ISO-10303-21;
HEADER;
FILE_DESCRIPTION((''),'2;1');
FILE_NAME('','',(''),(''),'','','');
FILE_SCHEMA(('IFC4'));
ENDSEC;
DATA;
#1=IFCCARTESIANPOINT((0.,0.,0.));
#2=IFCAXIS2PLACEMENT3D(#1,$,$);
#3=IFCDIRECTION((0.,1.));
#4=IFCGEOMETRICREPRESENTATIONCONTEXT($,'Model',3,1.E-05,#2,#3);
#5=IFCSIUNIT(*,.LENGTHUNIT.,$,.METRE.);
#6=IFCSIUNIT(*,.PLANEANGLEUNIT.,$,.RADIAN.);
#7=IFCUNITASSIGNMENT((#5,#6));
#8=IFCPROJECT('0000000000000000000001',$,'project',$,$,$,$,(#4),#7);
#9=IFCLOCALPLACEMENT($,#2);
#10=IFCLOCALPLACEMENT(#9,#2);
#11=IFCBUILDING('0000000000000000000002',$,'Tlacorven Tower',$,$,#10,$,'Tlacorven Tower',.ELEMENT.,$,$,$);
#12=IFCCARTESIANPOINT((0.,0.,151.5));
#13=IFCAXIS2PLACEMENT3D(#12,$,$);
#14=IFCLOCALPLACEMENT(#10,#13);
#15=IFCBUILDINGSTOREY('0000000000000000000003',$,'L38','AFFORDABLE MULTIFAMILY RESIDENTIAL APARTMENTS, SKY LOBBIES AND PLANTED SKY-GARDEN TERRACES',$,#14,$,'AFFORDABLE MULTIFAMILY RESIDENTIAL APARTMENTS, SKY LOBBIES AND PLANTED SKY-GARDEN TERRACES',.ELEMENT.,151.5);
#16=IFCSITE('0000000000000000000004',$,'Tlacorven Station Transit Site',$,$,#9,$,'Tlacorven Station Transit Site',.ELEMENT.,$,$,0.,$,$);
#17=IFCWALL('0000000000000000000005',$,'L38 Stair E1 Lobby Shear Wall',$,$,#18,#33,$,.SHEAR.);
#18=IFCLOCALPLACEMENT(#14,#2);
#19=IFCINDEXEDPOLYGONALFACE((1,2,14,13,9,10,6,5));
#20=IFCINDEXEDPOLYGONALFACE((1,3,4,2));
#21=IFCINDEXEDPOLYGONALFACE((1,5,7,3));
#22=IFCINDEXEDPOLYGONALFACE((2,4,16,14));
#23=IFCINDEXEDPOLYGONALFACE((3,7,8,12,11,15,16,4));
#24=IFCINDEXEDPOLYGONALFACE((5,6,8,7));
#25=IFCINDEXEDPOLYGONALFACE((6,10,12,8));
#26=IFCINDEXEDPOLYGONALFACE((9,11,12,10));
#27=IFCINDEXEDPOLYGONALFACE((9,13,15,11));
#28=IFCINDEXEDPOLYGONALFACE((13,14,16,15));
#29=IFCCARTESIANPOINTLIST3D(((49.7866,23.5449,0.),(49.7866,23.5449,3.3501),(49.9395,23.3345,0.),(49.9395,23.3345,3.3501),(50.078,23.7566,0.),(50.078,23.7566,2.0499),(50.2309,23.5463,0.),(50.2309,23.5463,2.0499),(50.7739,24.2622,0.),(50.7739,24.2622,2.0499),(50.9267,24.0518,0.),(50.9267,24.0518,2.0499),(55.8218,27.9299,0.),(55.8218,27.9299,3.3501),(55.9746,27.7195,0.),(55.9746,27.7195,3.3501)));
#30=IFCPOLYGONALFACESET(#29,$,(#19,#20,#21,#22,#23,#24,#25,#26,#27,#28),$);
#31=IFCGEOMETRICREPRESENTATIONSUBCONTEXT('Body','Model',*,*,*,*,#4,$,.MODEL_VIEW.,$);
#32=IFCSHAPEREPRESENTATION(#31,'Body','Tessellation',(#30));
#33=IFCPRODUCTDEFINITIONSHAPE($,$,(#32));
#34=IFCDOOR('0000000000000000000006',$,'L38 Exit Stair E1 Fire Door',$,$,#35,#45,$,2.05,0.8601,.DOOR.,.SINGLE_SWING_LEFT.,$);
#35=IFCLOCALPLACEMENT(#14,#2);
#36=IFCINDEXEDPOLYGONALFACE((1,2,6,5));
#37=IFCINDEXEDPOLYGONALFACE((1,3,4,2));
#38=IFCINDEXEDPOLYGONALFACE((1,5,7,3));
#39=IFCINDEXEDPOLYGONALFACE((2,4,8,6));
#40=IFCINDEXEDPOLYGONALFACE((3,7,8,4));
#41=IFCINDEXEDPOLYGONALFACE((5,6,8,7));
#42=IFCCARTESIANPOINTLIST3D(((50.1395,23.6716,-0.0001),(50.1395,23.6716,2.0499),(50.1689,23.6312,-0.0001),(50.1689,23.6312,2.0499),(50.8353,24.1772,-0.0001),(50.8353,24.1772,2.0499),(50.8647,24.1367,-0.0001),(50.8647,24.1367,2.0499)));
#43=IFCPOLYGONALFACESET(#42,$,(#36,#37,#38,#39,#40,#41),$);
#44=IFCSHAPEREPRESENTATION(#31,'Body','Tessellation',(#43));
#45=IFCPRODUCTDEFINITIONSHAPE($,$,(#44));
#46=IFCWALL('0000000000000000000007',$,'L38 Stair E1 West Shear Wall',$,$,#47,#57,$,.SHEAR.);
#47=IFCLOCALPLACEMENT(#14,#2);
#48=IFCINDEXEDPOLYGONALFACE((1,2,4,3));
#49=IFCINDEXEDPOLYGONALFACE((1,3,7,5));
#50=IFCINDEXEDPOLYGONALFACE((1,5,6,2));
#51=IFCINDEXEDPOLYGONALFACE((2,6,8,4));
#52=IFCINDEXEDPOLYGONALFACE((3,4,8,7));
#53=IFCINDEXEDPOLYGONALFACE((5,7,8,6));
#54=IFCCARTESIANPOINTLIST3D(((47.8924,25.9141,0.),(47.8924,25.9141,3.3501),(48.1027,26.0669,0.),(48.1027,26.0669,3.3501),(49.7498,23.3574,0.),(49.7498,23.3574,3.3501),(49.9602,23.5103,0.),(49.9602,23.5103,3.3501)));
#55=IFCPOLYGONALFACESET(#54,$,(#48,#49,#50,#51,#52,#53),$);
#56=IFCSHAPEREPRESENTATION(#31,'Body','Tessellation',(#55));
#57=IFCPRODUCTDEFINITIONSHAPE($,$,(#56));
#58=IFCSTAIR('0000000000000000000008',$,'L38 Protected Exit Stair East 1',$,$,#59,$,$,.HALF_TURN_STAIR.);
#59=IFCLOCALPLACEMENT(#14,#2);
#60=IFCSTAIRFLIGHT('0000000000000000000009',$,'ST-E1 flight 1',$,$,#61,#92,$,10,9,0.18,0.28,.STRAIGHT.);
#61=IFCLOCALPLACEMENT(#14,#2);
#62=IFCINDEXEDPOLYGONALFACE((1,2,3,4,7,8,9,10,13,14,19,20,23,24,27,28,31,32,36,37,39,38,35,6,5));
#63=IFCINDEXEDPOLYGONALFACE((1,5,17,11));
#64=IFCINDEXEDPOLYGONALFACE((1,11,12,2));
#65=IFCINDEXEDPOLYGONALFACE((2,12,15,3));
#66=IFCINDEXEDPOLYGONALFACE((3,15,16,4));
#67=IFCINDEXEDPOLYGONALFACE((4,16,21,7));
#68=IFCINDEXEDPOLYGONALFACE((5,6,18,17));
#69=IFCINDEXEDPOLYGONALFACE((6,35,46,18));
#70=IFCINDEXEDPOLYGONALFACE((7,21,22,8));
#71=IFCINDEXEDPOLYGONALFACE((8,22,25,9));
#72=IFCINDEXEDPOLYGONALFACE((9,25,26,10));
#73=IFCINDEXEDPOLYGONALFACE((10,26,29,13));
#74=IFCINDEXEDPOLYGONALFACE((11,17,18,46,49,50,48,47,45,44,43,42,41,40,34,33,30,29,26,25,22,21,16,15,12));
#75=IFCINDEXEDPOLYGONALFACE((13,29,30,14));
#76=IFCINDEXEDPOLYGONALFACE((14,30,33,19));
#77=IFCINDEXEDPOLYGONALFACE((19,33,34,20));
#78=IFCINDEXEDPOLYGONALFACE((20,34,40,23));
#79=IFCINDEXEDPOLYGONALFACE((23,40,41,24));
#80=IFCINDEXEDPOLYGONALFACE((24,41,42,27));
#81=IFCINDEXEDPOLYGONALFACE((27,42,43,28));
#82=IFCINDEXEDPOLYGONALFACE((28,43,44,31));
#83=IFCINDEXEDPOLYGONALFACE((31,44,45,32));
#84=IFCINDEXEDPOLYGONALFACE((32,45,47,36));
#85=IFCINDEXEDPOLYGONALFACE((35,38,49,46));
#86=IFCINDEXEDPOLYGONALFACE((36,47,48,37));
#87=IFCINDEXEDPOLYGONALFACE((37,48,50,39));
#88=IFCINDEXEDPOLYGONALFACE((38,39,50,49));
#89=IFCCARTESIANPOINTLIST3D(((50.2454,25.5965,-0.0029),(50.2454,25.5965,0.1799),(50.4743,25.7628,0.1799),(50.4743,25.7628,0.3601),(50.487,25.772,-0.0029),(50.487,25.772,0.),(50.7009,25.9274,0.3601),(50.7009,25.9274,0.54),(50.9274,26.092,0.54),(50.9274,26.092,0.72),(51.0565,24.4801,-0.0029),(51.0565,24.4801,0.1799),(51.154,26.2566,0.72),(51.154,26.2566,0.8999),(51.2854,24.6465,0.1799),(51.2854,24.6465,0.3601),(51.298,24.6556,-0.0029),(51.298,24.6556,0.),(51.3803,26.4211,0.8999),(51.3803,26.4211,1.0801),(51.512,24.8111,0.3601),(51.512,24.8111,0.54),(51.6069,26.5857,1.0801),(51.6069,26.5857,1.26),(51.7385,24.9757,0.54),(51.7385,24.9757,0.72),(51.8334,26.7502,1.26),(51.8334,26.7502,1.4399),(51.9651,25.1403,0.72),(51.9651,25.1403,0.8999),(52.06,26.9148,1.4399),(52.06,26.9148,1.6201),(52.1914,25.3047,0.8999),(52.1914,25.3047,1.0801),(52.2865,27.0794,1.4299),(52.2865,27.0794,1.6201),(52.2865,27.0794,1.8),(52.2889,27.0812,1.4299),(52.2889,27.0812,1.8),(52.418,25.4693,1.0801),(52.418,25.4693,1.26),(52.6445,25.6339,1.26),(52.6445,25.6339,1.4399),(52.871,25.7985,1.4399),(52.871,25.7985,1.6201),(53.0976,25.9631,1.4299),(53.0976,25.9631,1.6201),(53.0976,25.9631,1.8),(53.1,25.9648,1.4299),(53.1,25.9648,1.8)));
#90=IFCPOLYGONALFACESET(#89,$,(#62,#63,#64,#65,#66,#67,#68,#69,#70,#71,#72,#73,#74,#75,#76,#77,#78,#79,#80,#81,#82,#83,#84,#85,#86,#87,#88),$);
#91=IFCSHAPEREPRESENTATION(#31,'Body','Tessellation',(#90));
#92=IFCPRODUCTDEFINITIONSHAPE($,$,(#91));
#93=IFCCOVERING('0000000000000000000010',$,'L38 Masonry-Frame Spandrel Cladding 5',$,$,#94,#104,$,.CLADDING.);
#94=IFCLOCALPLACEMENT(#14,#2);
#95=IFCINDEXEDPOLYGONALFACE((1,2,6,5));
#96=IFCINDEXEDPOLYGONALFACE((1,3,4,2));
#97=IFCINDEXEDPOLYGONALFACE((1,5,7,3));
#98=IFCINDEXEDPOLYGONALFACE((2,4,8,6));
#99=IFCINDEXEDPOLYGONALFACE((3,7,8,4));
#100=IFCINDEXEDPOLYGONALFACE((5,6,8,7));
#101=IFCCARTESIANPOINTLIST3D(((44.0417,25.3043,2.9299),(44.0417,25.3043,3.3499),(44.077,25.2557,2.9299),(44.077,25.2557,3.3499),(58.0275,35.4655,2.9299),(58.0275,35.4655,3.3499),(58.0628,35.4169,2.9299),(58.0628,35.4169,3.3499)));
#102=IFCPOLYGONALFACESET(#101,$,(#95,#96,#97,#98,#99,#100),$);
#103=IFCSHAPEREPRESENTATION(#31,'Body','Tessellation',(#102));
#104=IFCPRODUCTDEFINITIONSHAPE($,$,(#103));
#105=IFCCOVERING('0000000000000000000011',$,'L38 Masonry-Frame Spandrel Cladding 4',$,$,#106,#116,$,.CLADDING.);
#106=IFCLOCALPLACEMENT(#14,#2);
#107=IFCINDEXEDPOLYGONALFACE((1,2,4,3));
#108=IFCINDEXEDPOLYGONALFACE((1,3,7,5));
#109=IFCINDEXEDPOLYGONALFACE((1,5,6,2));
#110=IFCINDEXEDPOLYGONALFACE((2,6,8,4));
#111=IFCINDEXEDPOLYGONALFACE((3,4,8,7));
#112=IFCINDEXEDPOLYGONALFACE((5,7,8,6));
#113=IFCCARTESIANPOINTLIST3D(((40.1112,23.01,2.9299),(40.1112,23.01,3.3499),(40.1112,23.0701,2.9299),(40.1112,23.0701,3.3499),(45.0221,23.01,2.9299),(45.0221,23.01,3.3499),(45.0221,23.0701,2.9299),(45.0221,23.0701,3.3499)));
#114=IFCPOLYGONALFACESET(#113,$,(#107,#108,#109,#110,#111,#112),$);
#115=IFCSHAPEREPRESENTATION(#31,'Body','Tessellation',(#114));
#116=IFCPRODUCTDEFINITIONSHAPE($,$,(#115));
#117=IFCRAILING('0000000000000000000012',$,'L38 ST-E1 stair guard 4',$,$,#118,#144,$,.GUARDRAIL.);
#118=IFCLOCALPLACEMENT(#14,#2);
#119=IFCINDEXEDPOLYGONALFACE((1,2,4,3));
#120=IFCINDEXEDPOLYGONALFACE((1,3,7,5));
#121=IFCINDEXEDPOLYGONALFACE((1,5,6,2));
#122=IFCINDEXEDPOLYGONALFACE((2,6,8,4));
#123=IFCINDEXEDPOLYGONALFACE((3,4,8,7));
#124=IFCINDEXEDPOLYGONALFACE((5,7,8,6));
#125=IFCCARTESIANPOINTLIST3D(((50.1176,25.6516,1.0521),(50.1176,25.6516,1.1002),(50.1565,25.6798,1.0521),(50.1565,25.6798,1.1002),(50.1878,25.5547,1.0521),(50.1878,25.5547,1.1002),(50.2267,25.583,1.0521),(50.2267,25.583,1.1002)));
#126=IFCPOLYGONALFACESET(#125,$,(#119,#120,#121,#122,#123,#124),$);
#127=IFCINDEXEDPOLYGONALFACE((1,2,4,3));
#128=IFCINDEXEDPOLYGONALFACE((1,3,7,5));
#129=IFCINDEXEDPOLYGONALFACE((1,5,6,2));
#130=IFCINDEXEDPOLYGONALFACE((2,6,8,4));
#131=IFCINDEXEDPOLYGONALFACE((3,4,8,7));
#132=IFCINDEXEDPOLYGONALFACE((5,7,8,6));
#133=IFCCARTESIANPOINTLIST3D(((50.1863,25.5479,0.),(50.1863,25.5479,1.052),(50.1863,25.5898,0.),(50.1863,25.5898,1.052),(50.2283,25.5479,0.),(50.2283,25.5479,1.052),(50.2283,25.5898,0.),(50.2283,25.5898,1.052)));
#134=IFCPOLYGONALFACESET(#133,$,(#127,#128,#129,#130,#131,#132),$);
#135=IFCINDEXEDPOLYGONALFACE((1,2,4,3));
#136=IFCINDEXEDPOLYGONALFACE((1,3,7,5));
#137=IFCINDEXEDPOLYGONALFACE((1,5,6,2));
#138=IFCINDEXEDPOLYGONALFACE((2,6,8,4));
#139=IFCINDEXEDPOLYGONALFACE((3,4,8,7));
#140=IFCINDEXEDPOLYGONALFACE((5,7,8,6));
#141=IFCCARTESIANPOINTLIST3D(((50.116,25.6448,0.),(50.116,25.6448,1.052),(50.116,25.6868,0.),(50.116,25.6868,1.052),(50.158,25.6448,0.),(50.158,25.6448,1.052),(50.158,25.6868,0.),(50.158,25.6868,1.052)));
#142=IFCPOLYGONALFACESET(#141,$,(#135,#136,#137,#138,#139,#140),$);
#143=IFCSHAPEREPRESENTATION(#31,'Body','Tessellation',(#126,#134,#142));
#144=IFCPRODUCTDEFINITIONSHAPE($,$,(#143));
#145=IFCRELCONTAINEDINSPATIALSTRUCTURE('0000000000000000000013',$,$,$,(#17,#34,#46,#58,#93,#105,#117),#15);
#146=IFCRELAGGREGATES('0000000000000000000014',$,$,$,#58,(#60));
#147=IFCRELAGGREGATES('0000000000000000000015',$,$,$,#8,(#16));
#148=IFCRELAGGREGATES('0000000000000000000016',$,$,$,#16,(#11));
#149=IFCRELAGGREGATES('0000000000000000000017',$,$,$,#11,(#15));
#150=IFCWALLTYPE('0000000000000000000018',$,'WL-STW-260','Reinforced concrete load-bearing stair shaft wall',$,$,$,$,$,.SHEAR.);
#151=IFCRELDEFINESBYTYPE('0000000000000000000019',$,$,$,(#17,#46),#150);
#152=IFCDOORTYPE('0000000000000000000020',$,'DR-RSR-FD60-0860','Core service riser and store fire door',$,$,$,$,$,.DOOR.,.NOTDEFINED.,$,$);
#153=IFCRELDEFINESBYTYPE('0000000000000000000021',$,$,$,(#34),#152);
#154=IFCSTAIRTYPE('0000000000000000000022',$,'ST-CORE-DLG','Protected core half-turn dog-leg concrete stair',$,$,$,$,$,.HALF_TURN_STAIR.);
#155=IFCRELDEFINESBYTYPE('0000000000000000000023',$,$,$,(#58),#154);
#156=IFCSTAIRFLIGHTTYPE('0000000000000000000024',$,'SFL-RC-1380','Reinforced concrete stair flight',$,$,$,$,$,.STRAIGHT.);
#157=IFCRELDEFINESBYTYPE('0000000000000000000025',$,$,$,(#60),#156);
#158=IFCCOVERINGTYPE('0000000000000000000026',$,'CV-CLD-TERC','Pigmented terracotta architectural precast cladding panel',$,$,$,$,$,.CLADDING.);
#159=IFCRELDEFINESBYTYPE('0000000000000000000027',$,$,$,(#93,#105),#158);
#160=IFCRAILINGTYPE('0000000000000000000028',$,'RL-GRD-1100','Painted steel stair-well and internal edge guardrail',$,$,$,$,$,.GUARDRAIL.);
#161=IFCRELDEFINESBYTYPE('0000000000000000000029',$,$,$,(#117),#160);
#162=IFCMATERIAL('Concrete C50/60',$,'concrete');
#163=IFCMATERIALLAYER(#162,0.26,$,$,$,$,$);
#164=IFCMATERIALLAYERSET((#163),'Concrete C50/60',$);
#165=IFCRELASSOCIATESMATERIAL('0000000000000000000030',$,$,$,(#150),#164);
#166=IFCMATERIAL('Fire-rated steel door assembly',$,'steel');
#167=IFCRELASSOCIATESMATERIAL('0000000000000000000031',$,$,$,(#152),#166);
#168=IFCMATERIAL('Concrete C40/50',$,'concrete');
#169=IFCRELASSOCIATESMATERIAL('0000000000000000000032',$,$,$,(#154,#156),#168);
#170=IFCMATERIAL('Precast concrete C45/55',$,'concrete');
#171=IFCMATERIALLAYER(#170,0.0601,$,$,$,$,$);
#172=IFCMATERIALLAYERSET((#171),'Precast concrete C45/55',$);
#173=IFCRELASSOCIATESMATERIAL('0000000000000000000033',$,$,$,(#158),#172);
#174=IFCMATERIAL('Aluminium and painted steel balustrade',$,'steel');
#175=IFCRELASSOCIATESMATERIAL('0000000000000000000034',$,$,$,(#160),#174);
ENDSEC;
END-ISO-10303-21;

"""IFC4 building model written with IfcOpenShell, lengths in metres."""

from ifc_helpers import new_model, si_unit, direction, frame, frame_2d, origin, origin_2d, place, context, subcontext, project, spatial, polyline, rectangle, outline, extrude, source, transform, mapped, material, layer, layer_set, type_object, element, fill, aggregate, save


model = new_model("IFC4")

# Units and contexts
model_context = context("Model", 3, precision=1e-05, world=origin(), true_north=direction((0.0, 1.0)))
body_context = subcontext(model_context, "Body", "Model", "MODEL_VIEW")
ifc_project = project(units=[si_unit("LENGTHUNIT", "METRE"), si_unit("PLANEANGLEUNIT", "RADIAN")], contexts=[model_context])

# Site, building, storey
site_placement = place(None, origin())
site = spatial("IfcSite", under=ifc_project, at=site_placement, Name="Tlacorven Station Transit Site", LongName="Tlacorven Station Transit Site", CompositionType="ELEMENT", RefElevation=0.0)
building_placement = place(site_placement, origin())
building = spatial("IfcBuilding", under=site, at=building_placement, Name="Tlacorven Tower", LongName="Tlacorven Tower", CompositionType="ELEMENT")
storey_placement = place(building_placement, frame((0.0, 0.0, 151.5)))
storey = spatial("IfcBuildingStorey", under=building, at=storey_placement, Name="L38", Description="AFFORDABLE MULTIFAMILY RESIDENTIAL APARTMENTS, SKY LOBBIES AND PLANTED SKY-GARDEN TERRACES", LongName="AFFORDABLE MULTIFAMILY RESIDENTIAL APARTMENTS, SKY LOBBIES AND PLANTED SKY-GARDEN TERRACES", CompositionType="ELEMENT", Elevation=151.5)

# Shared definitions
ifc_material_1 = material(Name="Precast concrete C45/55", Category="concrete")

# Shared definitions
ifc_material_2 = material(Name="Concrete C40/50", Category="concrete")
ifc_material_3 = material(Name="Fire-rated steel door assembly", Category="steel")

# Shared definitions
ifc_material_4 = material(Name="Concrete C50/60", Category="concrete")
ifc_layer_1 = layer(ifc_material_4, 0.26)
ifc_layer_set_1 = layer_set([ifc_layer_1], Name="Concrete C50/60")
wall_type_1 = type_object("IfcWallType", Name="WL-STW-260", Description="Reinforced concrete load-bearing stair shaft wall", PredefinedType="SHEAR", material=ifc_layer_set_1)

# Wall, opening, door
wall_1_placement = place(storey_placement, frame((49.863, 23.4397, 0.0), z_axis=(0.0, 0.0, 1.0), x_axis=(0.809003, 0.587804, 0.0)))
wall_1 = element("IfcWall", 1, at=wall_1_placement, inside=storey, type_object=wall_type_1, Name="L38 Stair E1 Lobby Shear Wall", PredefinedType="SHEAR", context=body_context, shape_type="SweptSolid", body=[
    extrude(rectangle(XDim=7.46, YDim=0.26, at=frame_2d((3.73, 0.0))), origin(), (0.0, 0.0, 1.0), 3.3501),
])
opening_1_placement = place(wall_1_placement, frame((0.3601, 0.0, 0.0)))
opening_1 = element("IfcOpeningElement", 2, at=opening_1_placement, cuts=wall_1, PredefinedType="OPENING", context=body_context, shape_type="SweptSolid", body=[
    extrude(rectangle(XDim=0.8601, YDim=2.05, at=frame_2d((0.4302, 1.0249))), frame((0.0, 0.1401, 0.0), z_axis=(0.0, -1.0, 0.0), x_axis=(1.0, 0.0, 0.0)), (0.0, 0.0, 1.0), 0.28),
])
door_type_1 = type_object("IfcDoorType", Name="DR-RSR-FD60-0860", Description="Core service riser and store fire door", OperationType="NOTDEFINED", PredefinedType="DOOR", material=ifc_material_3)
shared_shape_1 = source(origin(), body_context, "Body", "SweptSolid", [
    extrude(rectangle(XDim=0.8601, YDim=2.05, at=frame_2d((0.4302, 1.0249))), frame((0.0, 0.0249, 0.0), z_axis=(0.0, -1.0, 0.0), x_axis=(1.0, 0.0, 0.0)), (0.0, 0.0, 1.0), 0.05),
])
door_1_placement = place(opening_1_placement, frame((0.8601, 0.0, 0.0), z_axis=(0.0, 0.0, 1.0), x_axis=(-1.0, 0.0, 0.0)))
door_1 = element("IfcDoor", 3, at=door_1_placement, inside=storey, type_object=door_type_1, Name="L38 Exit Stair E1 Fire Door", OperationType="SINGLE_SWING_LEFT", OverallHeight=2.05, OverallWidth=0.8601, PredefinedType="DOOR", context=body_context, shape_type="MappedRepresentation", body=[
    mapped(shared_shape_1, transform((0.0, 0.0, 0.0), scale=1.0)),
])
fill(opening_1, door_1)

# Wall
wall_2_placement = place(storey_placement, frame((49.855, 23.4338, 0.0), z_axis=(0.0, 0.0, 1.0), x_axis=(-0.587767, 0.80903, 0.0)))
element("IfcWall", 4, at=wall_2_placement, inside=storey, type_object=wall_type_1, Name="L38 Stair E1 West Shear Wall", PredefinedType="SHEAR", context=body_context, shape_type="SweptSolid", body=[
    extrude(rectangle(XDim=3.1602, YDim=0.26, at=frame_2d((1.5801, 0.0))), origin(), (0.0, 0.0, 1.0), 3.3501),
])

# Stair, stair flight
stair_type = type_object("IfcStairType", Name="ST-CORE-DLG", Description="Protected core half-turn dog-leg concrete stair", PredefinedType="HALF_TURN_STAIR", material=ifc_material_2)
stair_placement = place(storey_placement, origin())
stair = element("IfcStair", 5, at=stair_placement, inside=storey, type_object=stair_type, Name="L38 Protected Exit Stair East 1", PredefinedType="HALF_TURN_STAIR")
stair_flight_type = type_object("IfcStairFlightType", Name="SFL-RC-1380", Description="Reinforced concrete stair flight", PredefinedType="STRAIGHT", material=ifc_material_2)
shared_shape_2 = source(origin(), body_context, "Body", "SweptSolid", [
    extrude(outline(polyline([(-0.0029, -0.0029), (-0.0029, 0.1799), (0.28, 0.1799), (0.28, 0.3601), (0.5601, 0.3601), (0.5601, 0.54), (0.8401, 0.54), (0.8401, 0.72), (1.1201, 0.72), (1.1201, 0.8999), (1.3999, 0.8999), (1.3999, 1.0801), (1.6799, 1.0801), (1.6799, 1.26), (1.96, 1.26), (1.96, 1.4399), (2.24, 1.4399), (2.24, 1.6201), (2.52, 1.6201), (2.52, 1.8), (2.5229, 1.8), (2.5229, 1.4299), (2.52, 1.4299), (0.2957, 0.0), (0.2957, -0.0029), (-0.0029, -0.0029)])), frame((0.0, 0.6899, 0.0), z_axis=(0.0, -1.0, 0.0), x_axis=(1.0, 0.0, 0.0)), (0.0, 0.0, 1.0), 1.3799),
])
stair_flight_placement = place(storey_placement, frame((50.6533, 25.04, 0.0), z_axis=(0.0, 0.0, 1.0), x_axis=(0.809017, 0.587785, 0.0)))
stair_flight = element("IfcStairFlight", 6, at=stair_flight_placement, type_object=stair_flight_type, Name="ST-E1 flight 1", NumberOfRisers=10, NumberOfTreads=9, PredefinedType="STRAIGHT", RiserHeight=0.18, TreadLength=0.28, context=body_context, shape_type="MappedRepresentation", body=[
    mapped(shared_shape_2, transform((0.0, 0.0, 0.0), scale=1.0)),
])
aggregate(stair, [stair_flight])

# Coverings
ifc_layer_2 = layer(ifc_material_1, 0.0601)
ifc_layer_set_2 = layer_set([ifc_layer_2], Name="Precast concrete C45/55")
covering_type = type_object("IfcCoveringType", Name="CV-CLD-TERC", Description="Pigmented terracotta architectural precast cladding panel", PredefinedType="CLADDING", material=ifc_layer_set_2)
shared_shape_3 = source(origin(), body_context, "Body", "SweptSolid", [
    extrude(rectangle(XDim=17.2874, YDim=0.0601, at=origin_2d()), origin(), (0.0, 0.0, 1.0), 0.4199),
])
covering_1_placement = place(storey_placement, frame((51.0522, 30.3606, 2.9299), z_axis=(0.0, 0.0, 1.0), x_axis=(0.809017, 0.587785, 0.0)))
element("IfcCovering", 7, at=covering_1_placement, inside=storey, type_object=covering_type, Name="L38 Masonry-Frame Spandrel Cladding 5", PredefinedType="CLADDING", context=body_context, shape_type="MappedRepresentation", body=[
    mapped(shared_shape_3, transform((0.0, 0.0, 0.0), scale=1.0)),
])
shared_shape_4 = source(origin(), body_context, "Body", "SweptSolid", [
    extrude(rectangle(XDim=4.9109, YDim=0.0601, at=origin_2d()), origin(), (0.0, 0.0, 1.0), 0.4199),
])
covering_2_placement = place(storey_placement, frame((42.5667, 23.04, 2.9299), z_axis=(0.0, 0.0, 1.0), x_axis=(1.0, 0.0, 0.0)))
element("IfcCovering", 8, at=covering_2_placement, inside=storey, type_object=covering_type, Name="L38 Masonry-Frame Spandrel Cladding 4", PredefinedType="CLADDING", context=body_context, shape_type="MappedRepresentation", body=[
    mapped(shared_shape_4, transform((0.0, 0.0, 0.0), scale=1.0)),
])

# Railing
ifc_material_5 = material(Name="Aluminium and painted steel balustrade", Category="steel")
railing_type_1 = type_object("IfcRailingType", Name="RL-GRD-1100", Description="Painted steel stair-well and internal edge guardrail", PredefinedType="GUARDRAIL", material=ifc_material_5)
shared_shape_5 = source(origin(), body_context, "Body", "SweptSolid", [
    extrude(rectangle(XDim=0.0481, YDim=0.0481, at=origin_2d()), frame((0.0, 0.0, 1.0762), z_axis=(-0.587201, 0.809441, 0.0), x_axis=(-0.809441, -0.587201, 0.0)), (0.0, 0.0, 1.0), 0.1196),
    extrude(rectangle(XDim=0.042, YDim=0.042, at=origin_2d()), origin(), (0.0, 0.0, 1.0), 1.052),
    extrude(rectangle(XDim=0.042, YDim=0.042, at=origin_2d()), frame((-0.0703, 0.0969, 0.0)), (0.0, 0.0, 1.0), 1.052),
])
railing_1_placement = place(storey_placement, frame((50.2073, 25.5688, 0.0)))
element("IfcRailing", 9, at=railing_1_placement, inside=storey, type_object=railing_type_1, Name="L38 ST-E1 stair guard 4", PredefinedType="GUARDRAIL", context=body_context, shape_type="MappedRepresentation", body=[
    mapped(shared_shape_5, transform((0.0, 0.0, 0.0), scale=1.0)),
])

save(model, "model.ifc")
